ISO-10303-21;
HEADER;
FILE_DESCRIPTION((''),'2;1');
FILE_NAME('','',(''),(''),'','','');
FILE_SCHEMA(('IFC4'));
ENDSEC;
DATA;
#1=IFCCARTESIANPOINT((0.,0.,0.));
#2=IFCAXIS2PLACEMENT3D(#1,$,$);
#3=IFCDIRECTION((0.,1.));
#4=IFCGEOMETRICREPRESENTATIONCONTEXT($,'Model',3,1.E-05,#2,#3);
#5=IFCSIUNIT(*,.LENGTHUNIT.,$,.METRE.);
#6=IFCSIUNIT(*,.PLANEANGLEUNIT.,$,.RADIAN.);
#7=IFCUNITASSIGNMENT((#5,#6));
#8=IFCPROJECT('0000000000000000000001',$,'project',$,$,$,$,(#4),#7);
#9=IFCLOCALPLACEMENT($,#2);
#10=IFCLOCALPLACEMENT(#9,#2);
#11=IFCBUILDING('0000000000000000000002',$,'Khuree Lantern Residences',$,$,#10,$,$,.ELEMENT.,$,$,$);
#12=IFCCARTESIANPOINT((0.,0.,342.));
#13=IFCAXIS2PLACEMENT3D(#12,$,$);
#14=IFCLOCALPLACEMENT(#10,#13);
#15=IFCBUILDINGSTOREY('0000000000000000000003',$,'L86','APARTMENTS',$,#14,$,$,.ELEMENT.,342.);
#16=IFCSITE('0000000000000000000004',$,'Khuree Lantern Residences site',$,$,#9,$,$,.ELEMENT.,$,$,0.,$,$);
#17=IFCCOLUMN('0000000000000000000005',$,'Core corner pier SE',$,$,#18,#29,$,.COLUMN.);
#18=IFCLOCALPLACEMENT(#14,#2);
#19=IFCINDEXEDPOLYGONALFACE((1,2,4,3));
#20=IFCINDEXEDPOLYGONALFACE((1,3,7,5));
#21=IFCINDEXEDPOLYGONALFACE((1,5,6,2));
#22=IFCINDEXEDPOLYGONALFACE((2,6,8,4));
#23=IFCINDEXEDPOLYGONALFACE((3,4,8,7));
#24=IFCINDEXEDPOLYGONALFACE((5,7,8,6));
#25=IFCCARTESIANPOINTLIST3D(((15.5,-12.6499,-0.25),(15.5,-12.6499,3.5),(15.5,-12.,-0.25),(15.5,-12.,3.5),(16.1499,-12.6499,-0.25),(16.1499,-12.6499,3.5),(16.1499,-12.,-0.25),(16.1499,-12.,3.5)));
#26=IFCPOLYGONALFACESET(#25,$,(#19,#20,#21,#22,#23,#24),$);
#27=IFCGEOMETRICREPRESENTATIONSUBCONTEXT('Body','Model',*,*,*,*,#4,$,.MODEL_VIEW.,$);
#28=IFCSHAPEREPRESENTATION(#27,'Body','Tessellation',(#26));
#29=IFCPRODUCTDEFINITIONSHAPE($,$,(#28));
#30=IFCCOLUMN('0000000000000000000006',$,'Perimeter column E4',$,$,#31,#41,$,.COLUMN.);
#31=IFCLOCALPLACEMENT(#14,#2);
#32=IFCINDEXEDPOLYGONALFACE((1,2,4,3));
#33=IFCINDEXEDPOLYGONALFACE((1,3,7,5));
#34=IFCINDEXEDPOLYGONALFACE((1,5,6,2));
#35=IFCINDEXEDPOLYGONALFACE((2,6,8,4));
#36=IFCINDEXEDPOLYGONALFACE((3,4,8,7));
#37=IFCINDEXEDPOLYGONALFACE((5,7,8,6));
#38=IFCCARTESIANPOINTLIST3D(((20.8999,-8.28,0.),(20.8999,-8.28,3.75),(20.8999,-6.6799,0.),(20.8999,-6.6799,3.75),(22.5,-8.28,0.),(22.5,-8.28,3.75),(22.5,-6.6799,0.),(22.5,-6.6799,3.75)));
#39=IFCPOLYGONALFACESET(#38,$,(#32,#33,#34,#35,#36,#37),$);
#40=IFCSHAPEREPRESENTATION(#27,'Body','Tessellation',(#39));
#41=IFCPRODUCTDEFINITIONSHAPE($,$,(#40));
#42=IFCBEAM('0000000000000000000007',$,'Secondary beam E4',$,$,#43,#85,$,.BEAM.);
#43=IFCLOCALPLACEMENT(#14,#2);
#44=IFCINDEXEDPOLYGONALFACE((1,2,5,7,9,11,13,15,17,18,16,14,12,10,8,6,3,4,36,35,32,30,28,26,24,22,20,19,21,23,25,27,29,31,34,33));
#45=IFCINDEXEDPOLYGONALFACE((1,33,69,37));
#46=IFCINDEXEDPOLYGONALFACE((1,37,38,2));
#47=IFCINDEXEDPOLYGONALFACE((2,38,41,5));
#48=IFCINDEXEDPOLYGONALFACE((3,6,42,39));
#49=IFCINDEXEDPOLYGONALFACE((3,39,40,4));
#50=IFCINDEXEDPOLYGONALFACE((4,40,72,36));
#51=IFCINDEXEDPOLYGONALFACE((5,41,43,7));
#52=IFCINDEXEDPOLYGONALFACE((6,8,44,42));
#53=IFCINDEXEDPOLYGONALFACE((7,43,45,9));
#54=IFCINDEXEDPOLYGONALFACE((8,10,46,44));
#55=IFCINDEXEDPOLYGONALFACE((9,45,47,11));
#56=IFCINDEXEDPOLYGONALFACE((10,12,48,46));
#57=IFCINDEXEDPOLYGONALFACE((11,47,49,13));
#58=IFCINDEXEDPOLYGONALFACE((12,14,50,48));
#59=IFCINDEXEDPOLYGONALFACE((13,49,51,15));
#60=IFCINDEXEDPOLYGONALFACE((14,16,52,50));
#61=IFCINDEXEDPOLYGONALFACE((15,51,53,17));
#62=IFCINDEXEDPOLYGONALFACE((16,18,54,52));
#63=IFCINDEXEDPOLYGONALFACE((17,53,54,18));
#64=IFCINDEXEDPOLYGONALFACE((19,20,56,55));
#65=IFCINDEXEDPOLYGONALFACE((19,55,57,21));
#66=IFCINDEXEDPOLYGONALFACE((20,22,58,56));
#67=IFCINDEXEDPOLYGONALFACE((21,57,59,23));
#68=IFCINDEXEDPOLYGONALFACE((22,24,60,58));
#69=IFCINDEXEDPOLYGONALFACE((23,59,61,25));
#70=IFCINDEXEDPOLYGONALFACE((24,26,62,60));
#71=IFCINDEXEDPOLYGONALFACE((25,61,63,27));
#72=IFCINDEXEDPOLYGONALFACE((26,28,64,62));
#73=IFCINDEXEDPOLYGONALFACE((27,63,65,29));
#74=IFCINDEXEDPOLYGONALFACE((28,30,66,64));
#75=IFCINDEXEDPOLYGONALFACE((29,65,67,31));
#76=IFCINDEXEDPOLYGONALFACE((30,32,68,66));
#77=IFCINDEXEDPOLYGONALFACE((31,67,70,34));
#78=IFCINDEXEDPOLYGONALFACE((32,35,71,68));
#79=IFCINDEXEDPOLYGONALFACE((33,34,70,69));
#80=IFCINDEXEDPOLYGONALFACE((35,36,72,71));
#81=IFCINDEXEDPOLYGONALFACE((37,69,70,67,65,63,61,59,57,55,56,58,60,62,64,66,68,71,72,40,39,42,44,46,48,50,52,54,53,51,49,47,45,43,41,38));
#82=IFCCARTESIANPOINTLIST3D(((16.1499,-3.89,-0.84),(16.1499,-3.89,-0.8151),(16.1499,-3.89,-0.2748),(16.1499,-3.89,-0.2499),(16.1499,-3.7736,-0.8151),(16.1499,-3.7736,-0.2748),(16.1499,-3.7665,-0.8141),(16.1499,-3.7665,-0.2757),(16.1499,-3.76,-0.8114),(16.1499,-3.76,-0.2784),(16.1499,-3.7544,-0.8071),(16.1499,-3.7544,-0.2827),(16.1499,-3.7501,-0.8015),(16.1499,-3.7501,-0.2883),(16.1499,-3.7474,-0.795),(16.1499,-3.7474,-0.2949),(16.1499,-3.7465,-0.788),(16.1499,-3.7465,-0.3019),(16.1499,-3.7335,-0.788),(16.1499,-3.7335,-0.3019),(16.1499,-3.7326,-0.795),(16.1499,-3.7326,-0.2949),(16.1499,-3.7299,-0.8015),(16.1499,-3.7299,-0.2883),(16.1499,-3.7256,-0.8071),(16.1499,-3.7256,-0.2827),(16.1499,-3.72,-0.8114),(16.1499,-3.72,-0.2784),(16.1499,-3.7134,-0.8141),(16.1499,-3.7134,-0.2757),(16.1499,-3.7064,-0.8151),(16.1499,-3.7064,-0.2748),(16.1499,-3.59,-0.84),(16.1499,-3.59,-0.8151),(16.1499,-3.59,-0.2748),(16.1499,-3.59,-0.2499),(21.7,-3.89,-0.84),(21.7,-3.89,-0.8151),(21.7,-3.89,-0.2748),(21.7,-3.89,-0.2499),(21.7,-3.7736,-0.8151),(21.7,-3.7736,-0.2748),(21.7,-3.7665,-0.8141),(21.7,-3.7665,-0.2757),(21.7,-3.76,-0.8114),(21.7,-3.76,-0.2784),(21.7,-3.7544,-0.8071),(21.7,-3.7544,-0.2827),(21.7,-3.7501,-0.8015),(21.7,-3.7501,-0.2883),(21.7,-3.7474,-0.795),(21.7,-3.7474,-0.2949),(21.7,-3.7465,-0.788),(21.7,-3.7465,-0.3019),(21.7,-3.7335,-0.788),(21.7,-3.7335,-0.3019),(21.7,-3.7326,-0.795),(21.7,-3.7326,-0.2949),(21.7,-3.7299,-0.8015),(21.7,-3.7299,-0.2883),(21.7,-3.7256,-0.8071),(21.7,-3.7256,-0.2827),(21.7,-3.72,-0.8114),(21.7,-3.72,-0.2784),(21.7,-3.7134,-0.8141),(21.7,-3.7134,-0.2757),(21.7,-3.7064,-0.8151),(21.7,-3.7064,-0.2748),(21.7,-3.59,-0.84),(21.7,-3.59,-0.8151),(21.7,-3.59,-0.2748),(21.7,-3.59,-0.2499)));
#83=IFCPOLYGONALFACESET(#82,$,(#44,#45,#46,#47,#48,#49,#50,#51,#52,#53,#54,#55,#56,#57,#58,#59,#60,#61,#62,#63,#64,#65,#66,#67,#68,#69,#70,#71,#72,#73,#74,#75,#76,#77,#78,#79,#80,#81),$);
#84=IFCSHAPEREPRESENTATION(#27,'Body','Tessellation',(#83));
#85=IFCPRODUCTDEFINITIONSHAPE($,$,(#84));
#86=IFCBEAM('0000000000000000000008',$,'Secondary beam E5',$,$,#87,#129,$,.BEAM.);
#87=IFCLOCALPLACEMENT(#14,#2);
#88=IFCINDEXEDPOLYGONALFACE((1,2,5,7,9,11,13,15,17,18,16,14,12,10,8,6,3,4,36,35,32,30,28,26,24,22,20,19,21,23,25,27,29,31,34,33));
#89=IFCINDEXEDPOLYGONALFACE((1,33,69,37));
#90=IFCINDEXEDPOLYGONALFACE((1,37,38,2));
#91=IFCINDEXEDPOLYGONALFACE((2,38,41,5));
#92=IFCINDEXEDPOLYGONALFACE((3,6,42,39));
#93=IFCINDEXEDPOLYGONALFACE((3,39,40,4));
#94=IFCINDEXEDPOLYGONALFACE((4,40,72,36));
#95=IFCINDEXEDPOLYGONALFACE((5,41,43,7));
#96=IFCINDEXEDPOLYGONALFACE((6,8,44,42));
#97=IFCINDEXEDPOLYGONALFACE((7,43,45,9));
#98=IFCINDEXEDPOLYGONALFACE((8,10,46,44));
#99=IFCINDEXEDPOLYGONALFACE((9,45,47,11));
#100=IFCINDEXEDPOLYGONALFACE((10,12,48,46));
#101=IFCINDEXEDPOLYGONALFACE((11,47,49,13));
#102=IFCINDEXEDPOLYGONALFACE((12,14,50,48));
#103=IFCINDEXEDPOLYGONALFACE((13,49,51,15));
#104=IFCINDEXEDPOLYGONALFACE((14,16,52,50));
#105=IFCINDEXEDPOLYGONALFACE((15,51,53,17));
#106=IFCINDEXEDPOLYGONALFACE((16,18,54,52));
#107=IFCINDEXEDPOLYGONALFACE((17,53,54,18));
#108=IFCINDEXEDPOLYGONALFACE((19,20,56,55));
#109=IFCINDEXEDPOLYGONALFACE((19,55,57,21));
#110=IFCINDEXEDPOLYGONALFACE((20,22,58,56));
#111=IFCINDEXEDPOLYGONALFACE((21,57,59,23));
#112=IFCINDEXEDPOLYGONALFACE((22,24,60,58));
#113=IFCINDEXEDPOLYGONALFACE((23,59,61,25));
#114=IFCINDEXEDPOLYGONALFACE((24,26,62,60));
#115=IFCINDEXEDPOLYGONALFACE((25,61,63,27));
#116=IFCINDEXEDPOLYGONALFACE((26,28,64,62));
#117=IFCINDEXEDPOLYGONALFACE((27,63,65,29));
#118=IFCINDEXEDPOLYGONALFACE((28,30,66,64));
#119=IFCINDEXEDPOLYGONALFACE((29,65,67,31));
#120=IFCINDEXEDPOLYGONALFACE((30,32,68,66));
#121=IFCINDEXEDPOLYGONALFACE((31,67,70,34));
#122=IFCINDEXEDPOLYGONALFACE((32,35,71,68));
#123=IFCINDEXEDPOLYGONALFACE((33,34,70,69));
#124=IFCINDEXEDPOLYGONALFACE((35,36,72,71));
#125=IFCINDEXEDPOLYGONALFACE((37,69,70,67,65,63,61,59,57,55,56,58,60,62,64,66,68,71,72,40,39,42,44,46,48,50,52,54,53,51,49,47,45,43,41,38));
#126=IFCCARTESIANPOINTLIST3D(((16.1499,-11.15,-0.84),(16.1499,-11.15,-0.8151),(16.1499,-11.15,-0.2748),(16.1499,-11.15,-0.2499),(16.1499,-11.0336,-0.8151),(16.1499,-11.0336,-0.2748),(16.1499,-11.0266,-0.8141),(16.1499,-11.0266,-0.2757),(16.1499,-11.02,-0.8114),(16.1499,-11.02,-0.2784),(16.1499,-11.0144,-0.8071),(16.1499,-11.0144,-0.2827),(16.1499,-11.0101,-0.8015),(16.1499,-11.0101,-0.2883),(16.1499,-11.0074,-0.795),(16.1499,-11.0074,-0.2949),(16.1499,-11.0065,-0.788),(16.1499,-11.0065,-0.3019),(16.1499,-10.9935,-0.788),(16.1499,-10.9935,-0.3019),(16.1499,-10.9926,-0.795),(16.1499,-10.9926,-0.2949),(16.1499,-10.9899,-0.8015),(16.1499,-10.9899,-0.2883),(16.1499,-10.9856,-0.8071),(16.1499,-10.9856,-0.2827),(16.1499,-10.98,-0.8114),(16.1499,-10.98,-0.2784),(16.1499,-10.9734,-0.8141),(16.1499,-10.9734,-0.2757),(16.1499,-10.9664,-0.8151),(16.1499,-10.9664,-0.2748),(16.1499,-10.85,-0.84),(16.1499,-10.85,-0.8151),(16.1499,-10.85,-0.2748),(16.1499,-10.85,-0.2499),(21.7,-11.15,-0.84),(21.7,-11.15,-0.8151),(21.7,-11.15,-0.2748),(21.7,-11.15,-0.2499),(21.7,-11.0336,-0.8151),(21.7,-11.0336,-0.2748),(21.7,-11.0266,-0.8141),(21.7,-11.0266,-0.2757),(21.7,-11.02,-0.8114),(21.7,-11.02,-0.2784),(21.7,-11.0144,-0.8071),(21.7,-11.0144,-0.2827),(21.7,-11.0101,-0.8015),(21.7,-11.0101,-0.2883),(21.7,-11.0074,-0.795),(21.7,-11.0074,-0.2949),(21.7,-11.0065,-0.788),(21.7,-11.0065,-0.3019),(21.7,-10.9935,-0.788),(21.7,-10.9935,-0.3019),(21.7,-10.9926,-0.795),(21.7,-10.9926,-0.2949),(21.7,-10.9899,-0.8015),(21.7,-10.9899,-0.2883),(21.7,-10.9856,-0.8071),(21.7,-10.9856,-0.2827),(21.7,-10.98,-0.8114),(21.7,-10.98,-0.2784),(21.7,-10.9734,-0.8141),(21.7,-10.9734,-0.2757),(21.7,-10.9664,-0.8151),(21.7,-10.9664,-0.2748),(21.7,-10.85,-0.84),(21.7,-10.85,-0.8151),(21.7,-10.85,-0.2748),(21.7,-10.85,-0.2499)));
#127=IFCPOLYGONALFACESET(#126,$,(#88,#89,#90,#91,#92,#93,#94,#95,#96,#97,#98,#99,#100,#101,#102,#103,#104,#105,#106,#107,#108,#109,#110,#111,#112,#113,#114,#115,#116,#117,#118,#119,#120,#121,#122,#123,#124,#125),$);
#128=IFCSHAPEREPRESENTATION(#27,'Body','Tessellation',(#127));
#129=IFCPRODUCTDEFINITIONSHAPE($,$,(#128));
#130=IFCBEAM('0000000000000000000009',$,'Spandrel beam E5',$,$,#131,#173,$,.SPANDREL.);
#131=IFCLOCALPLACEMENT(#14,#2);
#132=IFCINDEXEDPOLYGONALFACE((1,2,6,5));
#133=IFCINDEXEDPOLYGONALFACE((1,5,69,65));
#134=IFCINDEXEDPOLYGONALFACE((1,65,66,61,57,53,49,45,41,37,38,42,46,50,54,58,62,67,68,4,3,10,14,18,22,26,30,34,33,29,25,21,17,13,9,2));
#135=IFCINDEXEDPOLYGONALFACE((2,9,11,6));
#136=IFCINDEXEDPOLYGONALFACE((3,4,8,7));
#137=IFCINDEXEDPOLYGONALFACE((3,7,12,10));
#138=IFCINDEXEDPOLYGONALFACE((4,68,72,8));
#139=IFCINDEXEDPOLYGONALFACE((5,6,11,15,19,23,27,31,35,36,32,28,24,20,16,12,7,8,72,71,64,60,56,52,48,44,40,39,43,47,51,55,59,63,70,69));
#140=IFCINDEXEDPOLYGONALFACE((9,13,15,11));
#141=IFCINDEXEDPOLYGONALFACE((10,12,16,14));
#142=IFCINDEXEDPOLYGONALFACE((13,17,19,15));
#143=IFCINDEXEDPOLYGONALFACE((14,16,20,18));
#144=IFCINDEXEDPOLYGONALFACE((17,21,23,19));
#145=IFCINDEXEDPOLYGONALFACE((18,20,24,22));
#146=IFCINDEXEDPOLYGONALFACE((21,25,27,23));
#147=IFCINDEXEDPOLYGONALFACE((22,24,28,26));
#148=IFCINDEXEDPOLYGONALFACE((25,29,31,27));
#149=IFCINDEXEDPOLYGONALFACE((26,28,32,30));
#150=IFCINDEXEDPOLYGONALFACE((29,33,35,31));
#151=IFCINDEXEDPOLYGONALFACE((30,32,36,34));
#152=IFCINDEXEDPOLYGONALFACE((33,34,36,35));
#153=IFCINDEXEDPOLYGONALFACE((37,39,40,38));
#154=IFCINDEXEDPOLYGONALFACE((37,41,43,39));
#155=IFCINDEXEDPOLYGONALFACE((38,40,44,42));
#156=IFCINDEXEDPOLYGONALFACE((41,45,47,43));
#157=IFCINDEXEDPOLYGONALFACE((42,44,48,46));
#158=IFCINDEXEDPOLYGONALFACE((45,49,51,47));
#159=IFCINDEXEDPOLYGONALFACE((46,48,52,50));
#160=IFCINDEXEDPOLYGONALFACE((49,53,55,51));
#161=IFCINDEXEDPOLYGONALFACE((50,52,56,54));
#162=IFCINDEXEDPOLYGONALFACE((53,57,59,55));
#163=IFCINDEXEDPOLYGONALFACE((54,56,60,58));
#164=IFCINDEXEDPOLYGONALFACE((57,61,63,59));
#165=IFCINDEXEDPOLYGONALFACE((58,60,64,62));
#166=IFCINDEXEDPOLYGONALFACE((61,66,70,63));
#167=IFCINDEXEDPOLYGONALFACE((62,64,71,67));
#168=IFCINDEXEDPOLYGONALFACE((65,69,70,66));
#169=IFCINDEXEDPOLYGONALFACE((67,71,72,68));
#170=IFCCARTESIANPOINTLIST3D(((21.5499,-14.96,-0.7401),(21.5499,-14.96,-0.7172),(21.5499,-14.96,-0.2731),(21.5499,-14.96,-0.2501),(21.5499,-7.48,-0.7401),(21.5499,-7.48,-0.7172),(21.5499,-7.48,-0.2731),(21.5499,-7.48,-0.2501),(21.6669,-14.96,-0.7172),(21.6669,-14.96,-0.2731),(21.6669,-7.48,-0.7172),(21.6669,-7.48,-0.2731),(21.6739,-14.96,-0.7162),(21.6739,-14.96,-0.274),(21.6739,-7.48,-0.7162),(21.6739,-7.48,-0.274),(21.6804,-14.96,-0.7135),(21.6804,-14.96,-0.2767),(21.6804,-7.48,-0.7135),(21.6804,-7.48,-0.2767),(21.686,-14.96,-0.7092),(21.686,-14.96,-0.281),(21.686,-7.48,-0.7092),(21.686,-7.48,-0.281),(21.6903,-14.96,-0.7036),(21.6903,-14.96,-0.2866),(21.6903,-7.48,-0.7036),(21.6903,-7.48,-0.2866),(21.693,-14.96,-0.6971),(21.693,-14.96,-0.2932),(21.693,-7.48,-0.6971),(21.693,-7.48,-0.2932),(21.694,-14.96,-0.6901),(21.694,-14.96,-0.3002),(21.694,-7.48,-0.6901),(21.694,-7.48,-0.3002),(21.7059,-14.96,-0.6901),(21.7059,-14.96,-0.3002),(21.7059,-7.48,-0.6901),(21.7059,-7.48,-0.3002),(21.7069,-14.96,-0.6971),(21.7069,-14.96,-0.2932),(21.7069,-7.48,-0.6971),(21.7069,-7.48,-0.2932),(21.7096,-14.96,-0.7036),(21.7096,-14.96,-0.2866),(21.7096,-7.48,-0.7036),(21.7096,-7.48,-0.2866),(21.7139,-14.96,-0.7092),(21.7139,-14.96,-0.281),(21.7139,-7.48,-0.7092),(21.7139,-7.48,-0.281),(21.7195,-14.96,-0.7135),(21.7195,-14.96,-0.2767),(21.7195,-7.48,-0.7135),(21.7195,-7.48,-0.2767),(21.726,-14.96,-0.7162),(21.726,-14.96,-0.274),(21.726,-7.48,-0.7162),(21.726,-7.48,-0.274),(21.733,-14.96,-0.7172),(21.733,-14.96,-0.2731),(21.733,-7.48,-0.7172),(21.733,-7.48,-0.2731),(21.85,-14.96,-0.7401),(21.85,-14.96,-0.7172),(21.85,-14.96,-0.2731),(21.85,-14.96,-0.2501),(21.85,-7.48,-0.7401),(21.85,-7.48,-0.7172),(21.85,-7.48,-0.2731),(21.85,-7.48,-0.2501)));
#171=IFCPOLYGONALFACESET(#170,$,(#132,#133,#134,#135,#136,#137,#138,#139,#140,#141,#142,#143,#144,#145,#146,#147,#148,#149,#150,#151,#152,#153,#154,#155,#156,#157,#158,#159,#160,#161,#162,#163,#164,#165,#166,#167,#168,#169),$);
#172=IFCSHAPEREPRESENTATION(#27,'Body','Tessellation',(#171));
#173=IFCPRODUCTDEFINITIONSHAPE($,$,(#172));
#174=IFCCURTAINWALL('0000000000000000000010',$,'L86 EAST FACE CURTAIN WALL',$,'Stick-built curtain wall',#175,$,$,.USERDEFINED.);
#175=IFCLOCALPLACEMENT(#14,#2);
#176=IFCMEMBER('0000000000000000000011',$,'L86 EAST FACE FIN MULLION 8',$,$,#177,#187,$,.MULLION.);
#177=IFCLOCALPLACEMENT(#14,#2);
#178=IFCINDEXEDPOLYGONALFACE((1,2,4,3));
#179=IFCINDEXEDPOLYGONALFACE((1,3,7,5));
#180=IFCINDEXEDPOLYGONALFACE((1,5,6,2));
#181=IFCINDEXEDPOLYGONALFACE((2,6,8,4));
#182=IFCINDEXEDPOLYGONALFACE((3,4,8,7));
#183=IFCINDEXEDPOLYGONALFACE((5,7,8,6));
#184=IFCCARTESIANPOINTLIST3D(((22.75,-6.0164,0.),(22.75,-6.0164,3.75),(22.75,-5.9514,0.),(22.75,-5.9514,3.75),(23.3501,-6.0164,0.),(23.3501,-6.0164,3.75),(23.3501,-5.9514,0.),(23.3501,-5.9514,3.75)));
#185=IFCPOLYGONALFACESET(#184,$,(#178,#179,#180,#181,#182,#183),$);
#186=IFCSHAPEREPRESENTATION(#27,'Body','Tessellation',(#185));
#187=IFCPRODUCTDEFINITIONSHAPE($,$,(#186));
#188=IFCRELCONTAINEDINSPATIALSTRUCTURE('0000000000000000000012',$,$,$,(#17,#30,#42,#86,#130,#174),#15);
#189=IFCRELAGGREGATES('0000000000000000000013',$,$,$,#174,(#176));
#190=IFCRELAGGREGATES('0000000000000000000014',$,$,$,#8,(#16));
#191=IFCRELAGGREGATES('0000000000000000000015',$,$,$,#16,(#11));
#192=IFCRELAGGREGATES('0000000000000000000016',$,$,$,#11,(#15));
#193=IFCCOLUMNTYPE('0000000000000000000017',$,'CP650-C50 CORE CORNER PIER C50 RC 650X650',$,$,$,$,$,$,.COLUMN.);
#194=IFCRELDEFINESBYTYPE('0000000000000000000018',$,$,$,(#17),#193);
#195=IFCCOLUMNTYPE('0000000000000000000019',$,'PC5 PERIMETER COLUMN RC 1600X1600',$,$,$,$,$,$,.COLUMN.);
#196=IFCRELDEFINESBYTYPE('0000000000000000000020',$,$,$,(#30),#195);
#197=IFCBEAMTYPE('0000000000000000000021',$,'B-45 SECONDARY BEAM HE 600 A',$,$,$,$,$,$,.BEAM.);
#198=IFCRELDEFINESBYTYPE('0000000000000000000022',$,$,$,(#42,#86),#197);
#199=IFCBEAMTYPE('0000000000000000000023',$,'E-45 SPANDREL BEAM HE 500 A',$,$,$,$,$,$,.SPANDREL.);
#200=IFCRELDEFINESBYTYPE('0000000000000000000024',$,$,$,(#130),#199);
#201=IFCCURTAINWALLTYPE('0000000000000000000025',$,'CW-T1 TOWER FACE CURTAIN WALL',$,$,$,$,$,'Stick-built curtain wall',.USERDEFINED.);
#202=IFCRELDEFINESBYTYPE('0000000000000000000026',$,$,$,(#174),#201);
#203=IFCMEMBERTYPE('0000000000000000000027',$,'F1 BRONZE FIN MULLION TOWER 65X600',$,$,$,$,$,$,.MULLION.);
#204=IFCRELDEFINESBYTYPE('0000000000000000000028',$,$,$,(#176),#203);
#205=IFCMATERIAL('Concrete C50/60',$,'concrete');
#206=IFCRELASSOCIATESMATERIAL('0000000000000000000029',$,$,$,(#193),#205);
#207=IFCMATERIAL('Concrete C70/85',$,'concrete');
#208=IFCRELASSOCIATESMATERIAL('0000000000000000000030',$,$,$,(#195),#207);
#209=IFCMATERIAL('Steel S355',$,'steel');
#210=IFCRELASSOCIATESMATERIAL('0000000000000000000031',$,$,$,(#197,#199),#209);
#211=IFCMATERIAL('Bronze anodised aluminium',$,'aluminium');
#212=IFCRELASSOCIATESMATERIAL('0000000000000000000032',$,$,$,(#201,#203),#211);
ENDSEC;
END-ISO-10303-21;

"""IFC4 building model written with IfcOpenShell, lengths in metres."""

from ifc_helpers import new_model, si_unit, direction, frame, origin, origin_2d, place, context, subcontext, project, spatial, rectangle, i_section, extrude, material, material_profile, profile_set, type_object, element, aggregate, save


model = new_model("IFC4")

# Units and contexts
model_context = context("Model", 3, precision=1e-05, world=origin(), true_north=direction((0.0, 1.0)))
body_context = subcontext(model_context, "Body", "Model", "MODEL_VIEW")
ifc_project = project(units=[si_unit("LENGTHUNIT", "METRE"), si_unit("PLANEANGLEUNIT", "RADIAN")], contexts=[model_context])

# Site, building, storey
site_placement = place(None, origin())
site = spatial("IfcSite", under=ifc_project, at=site_placement, Name="Khuree Lantern Residences site", CompositionType="ELEMENT", RefElevation=0.0)
building_placement = place(site_placement, origin())
building = spatial("IfcBuilding", under=site, at=building_placement, Name="Khuree Lantern Residences", CompositionType="ELEMENT")
storey_placement = place(building_placement, frame((0.0, 0.0, 342.0)))
storey = spatial("IfcBuildingStorey", under=building, at=storey_placement, Name="L86", Description="APARTMENTS", CompositionType="ELEMENT", Elevation=342.0)

# Columns
ifc_material_1 = material(Name="Concrete C50/60", Category="concrete")
ifc_material_profile_1 = material_profile(ifc_material_1, rectangle(XDim=0.6499, YDim=0.6499, at=origin_2d()), Name="RC 650X650")
ifc_profile_set_1 = profile_set([ifc_material_profile_1], Name="Concrete C50/60")
column_type_1 = type_object("IfcColumnType", Name="CP650-C50 CORE CORNER PIER C50 RC 650X650", PredefinedType="COLUMN", material=ifc_profile_set_1)
column_1_placement = place(storey_placement, frame((15.825, -12.325, -0.25), z_axis=(0.0, 0.0, 1.0), x_axis=(1.0, 0.0, 0.0)))
element("IfcColumn", 1, at=column_1_placement, inside=storey, type_object=column_type_1, Name="Core corner pier SE", PredefinedType="COLUMN", context=body_context, shape_type="SweptSolid", body=[
    extrude(rectangle(XDim=0.6499, YDim=0.6499, at=origin_2d()), origin(), (0.0, 0.0, 1.0), 3.75),
])
ifc_material_2 = material(Name="Concrete C70/85", Category="concrete")
ifc_material_profile_2 = material_profile(ifc_material_2, rectangle(XDim=1.6001, YDim=1.6001, at=origin_2d()), Name="RC 1600X1600")
ifc_profile_set_2 = profile_set([ifc_material_profile_2], Name="Concrete C70/85")
column_type_2 = type_object("IfcColumnType", Name="PC5 PERIMETER COLUMN RC 1600X1600", PredefinedType="COLUMN", material=ifc_profile_set_2)
column_2_placement = place(storey_placement, frame((21.7, -7.48, 0.0), z_axis=(0.0, 0.0, 1.0), x_axis=(0.0, 1.0, 0.0)))
element("IfcColumn", 2, at=column_2_placement, inside=storey, type_object=column_type_2, Name="Perimeter column E4", PredefinedType="COLUMN", context=body_context, shape_type="SweptSolid", body=[
    extrude(rectangle(XDim=1.6001, YDim=1.6001, at=origin_2d()), origin(), (0.0, 0.0, 1.0), 3.75),
])

# Beams
ifc_material_3 = material(Name="Steel S355", Category="steel")
ifc_material_profile_3 = material_profile(ifc_material_3, i_section(OverallWidth=0.3, OverallDepth=0.5901, WebThickness=0.0129, FlangeThickness=0.0249, FilletRadius=0.0271, at=origin_2d()), Name="HE 600 A")
ifc_profile_set_3 = profile_set([ifc_material_profile_3], Name="Steel S355")
beam_type_1 = type_object("IfcBeamType", Name="B-45 SECONDARY BEAM HE 600 A", PredefinedType="BEAM", material=ifc_profile_set_3)
for number, where, z_axis, x_axis, name in (
    (3, (21.7, -3.74, -0.5449), (-1.0, 0.0, 0.0), (0.0, -1.0, 0.0), "Secondary beam E4"),
    (4, (21.7, -11.0, -0.5449), (-1.0, 0.0, 0.0), (0.0, -1.0, 0.0), "Secondary beam E5"),
):
    element("IfcBeam", number, at=place(storey_placement, frame(where, z_axis=z_axis, x_axis=x_axis)), inside=storey, type_object=beam_type_1, Name=name, PredefinedType="BEAM", context=body_context, shape_type="SweptSolid", body=[
        extrude(i_section(OverallWidth=0.3, OverallDepth=0.5901, WebThickness=0.0129, FlangeThickness=0.0249, FilletRadius=0.0271, at=origin_2d()), origin(), (0.0, 0.0, 1.0), 5.55),
    ])
ifc_material_profile_4 = material_profile(ifc_material_3, i_section(OverallWidth=0.3, OverallDepth=0.49, WebThickness=0.012, FlangeThickness=0.0229, FilletRadius=0.0271, at=origin_2d()), Name="HE 500 A")
ifc_profile_set_4 = profile_set([ifc_material_profile_4], Name="Steel S355")
beam_type_2 = type_object("IfcBeamType", Name="E-45 SPANDREL BEAM HE 500 A", PredefinedType="SPANDREL", material=ifc_profile_set_4)
beam_1_placement = place(storey_placement, frame((21.7, -7.48, -0.4951), z_axis=(0.0, -1.0, 0.0), x_axis=(1.0, 0.0, 0.0)))
element("IfcBeam", 5, at=beam_1_placement, inside=storey, type_object=beam_type_2, Name="Spandrel beam E5", PredefinedType="SPANDREL", context=body_context, shape_type="SweptSolid", body=[
    extrude(i_section(OverallWidth=0.3, OverallDepth=0.49, WebThickness=0.012, FlangeThickness=0.0229, FilletRadius=0.0271, at=origin_2d()), origin(), (0.0, 0.0, 1.0), 7.48),
])

# Curtain wall, member
ifc_material_4 = material(Name="Bronze anodised aluminium", Category="aluminium")
curtain_wall_type = type_object("IfcCurtainWallType", Name="CW-T1 TOWER FACE CURTAIN WALL", ElementType="Stick-built curtain wall", PredefinedType="USERDEFINED", material=ifc_material_4)
curtain_wall_placement = place(storey_placement, origin())
curtain_wall = element("IfcCurtainWall", 6, at=curtain_wall_placement, inside=storey, type_object=curtain_wall_type, Name="L86 EAST FACE CURTAIN WALL", ObjectType="Stick-built curtain wall", PredefinedType="USERDEFINED")
ifc_material_profile_5 = material_profile(ifc_material_4, rectangle(XDim=0.0649, YDim=0.6001, at=origin_2d()), Name="F1 65X600")
ifc_profile_set_5 = profile_set([ifc_material_profile_5], Name="Bronze anodised aluminium")
member_type_1 = type_object("IfcMemberType", Name="F1 BRONZE FIN MULLION TOWER 65X600", PredefinedType="MULLION", material=ifc_profile_set_5)
member_1_placement = place(storey_placement, frame((23.05, -5.9839, 0.0), z_axis=(0.0, 0.0, 1.0), x_axis=(0.0, 1.0, 0.0)))
member_1 = element("IfcMember", 7, at=member_1_placement, type_object=member_type_1, Name="L86 EAST FACE FIN MULLION 8", PredefinedType="MULLION", context=body_context, shape_type="SweptSolid", body=[
    extrude(rectangle(XDim=0.0649, YDim=0.6001, at=origin_2d()), origin(), (0.0, 0.0, 1.0), 3.75),
])

aggregate(curtain_wall, [member_1])

save(model, "model.ifc")
